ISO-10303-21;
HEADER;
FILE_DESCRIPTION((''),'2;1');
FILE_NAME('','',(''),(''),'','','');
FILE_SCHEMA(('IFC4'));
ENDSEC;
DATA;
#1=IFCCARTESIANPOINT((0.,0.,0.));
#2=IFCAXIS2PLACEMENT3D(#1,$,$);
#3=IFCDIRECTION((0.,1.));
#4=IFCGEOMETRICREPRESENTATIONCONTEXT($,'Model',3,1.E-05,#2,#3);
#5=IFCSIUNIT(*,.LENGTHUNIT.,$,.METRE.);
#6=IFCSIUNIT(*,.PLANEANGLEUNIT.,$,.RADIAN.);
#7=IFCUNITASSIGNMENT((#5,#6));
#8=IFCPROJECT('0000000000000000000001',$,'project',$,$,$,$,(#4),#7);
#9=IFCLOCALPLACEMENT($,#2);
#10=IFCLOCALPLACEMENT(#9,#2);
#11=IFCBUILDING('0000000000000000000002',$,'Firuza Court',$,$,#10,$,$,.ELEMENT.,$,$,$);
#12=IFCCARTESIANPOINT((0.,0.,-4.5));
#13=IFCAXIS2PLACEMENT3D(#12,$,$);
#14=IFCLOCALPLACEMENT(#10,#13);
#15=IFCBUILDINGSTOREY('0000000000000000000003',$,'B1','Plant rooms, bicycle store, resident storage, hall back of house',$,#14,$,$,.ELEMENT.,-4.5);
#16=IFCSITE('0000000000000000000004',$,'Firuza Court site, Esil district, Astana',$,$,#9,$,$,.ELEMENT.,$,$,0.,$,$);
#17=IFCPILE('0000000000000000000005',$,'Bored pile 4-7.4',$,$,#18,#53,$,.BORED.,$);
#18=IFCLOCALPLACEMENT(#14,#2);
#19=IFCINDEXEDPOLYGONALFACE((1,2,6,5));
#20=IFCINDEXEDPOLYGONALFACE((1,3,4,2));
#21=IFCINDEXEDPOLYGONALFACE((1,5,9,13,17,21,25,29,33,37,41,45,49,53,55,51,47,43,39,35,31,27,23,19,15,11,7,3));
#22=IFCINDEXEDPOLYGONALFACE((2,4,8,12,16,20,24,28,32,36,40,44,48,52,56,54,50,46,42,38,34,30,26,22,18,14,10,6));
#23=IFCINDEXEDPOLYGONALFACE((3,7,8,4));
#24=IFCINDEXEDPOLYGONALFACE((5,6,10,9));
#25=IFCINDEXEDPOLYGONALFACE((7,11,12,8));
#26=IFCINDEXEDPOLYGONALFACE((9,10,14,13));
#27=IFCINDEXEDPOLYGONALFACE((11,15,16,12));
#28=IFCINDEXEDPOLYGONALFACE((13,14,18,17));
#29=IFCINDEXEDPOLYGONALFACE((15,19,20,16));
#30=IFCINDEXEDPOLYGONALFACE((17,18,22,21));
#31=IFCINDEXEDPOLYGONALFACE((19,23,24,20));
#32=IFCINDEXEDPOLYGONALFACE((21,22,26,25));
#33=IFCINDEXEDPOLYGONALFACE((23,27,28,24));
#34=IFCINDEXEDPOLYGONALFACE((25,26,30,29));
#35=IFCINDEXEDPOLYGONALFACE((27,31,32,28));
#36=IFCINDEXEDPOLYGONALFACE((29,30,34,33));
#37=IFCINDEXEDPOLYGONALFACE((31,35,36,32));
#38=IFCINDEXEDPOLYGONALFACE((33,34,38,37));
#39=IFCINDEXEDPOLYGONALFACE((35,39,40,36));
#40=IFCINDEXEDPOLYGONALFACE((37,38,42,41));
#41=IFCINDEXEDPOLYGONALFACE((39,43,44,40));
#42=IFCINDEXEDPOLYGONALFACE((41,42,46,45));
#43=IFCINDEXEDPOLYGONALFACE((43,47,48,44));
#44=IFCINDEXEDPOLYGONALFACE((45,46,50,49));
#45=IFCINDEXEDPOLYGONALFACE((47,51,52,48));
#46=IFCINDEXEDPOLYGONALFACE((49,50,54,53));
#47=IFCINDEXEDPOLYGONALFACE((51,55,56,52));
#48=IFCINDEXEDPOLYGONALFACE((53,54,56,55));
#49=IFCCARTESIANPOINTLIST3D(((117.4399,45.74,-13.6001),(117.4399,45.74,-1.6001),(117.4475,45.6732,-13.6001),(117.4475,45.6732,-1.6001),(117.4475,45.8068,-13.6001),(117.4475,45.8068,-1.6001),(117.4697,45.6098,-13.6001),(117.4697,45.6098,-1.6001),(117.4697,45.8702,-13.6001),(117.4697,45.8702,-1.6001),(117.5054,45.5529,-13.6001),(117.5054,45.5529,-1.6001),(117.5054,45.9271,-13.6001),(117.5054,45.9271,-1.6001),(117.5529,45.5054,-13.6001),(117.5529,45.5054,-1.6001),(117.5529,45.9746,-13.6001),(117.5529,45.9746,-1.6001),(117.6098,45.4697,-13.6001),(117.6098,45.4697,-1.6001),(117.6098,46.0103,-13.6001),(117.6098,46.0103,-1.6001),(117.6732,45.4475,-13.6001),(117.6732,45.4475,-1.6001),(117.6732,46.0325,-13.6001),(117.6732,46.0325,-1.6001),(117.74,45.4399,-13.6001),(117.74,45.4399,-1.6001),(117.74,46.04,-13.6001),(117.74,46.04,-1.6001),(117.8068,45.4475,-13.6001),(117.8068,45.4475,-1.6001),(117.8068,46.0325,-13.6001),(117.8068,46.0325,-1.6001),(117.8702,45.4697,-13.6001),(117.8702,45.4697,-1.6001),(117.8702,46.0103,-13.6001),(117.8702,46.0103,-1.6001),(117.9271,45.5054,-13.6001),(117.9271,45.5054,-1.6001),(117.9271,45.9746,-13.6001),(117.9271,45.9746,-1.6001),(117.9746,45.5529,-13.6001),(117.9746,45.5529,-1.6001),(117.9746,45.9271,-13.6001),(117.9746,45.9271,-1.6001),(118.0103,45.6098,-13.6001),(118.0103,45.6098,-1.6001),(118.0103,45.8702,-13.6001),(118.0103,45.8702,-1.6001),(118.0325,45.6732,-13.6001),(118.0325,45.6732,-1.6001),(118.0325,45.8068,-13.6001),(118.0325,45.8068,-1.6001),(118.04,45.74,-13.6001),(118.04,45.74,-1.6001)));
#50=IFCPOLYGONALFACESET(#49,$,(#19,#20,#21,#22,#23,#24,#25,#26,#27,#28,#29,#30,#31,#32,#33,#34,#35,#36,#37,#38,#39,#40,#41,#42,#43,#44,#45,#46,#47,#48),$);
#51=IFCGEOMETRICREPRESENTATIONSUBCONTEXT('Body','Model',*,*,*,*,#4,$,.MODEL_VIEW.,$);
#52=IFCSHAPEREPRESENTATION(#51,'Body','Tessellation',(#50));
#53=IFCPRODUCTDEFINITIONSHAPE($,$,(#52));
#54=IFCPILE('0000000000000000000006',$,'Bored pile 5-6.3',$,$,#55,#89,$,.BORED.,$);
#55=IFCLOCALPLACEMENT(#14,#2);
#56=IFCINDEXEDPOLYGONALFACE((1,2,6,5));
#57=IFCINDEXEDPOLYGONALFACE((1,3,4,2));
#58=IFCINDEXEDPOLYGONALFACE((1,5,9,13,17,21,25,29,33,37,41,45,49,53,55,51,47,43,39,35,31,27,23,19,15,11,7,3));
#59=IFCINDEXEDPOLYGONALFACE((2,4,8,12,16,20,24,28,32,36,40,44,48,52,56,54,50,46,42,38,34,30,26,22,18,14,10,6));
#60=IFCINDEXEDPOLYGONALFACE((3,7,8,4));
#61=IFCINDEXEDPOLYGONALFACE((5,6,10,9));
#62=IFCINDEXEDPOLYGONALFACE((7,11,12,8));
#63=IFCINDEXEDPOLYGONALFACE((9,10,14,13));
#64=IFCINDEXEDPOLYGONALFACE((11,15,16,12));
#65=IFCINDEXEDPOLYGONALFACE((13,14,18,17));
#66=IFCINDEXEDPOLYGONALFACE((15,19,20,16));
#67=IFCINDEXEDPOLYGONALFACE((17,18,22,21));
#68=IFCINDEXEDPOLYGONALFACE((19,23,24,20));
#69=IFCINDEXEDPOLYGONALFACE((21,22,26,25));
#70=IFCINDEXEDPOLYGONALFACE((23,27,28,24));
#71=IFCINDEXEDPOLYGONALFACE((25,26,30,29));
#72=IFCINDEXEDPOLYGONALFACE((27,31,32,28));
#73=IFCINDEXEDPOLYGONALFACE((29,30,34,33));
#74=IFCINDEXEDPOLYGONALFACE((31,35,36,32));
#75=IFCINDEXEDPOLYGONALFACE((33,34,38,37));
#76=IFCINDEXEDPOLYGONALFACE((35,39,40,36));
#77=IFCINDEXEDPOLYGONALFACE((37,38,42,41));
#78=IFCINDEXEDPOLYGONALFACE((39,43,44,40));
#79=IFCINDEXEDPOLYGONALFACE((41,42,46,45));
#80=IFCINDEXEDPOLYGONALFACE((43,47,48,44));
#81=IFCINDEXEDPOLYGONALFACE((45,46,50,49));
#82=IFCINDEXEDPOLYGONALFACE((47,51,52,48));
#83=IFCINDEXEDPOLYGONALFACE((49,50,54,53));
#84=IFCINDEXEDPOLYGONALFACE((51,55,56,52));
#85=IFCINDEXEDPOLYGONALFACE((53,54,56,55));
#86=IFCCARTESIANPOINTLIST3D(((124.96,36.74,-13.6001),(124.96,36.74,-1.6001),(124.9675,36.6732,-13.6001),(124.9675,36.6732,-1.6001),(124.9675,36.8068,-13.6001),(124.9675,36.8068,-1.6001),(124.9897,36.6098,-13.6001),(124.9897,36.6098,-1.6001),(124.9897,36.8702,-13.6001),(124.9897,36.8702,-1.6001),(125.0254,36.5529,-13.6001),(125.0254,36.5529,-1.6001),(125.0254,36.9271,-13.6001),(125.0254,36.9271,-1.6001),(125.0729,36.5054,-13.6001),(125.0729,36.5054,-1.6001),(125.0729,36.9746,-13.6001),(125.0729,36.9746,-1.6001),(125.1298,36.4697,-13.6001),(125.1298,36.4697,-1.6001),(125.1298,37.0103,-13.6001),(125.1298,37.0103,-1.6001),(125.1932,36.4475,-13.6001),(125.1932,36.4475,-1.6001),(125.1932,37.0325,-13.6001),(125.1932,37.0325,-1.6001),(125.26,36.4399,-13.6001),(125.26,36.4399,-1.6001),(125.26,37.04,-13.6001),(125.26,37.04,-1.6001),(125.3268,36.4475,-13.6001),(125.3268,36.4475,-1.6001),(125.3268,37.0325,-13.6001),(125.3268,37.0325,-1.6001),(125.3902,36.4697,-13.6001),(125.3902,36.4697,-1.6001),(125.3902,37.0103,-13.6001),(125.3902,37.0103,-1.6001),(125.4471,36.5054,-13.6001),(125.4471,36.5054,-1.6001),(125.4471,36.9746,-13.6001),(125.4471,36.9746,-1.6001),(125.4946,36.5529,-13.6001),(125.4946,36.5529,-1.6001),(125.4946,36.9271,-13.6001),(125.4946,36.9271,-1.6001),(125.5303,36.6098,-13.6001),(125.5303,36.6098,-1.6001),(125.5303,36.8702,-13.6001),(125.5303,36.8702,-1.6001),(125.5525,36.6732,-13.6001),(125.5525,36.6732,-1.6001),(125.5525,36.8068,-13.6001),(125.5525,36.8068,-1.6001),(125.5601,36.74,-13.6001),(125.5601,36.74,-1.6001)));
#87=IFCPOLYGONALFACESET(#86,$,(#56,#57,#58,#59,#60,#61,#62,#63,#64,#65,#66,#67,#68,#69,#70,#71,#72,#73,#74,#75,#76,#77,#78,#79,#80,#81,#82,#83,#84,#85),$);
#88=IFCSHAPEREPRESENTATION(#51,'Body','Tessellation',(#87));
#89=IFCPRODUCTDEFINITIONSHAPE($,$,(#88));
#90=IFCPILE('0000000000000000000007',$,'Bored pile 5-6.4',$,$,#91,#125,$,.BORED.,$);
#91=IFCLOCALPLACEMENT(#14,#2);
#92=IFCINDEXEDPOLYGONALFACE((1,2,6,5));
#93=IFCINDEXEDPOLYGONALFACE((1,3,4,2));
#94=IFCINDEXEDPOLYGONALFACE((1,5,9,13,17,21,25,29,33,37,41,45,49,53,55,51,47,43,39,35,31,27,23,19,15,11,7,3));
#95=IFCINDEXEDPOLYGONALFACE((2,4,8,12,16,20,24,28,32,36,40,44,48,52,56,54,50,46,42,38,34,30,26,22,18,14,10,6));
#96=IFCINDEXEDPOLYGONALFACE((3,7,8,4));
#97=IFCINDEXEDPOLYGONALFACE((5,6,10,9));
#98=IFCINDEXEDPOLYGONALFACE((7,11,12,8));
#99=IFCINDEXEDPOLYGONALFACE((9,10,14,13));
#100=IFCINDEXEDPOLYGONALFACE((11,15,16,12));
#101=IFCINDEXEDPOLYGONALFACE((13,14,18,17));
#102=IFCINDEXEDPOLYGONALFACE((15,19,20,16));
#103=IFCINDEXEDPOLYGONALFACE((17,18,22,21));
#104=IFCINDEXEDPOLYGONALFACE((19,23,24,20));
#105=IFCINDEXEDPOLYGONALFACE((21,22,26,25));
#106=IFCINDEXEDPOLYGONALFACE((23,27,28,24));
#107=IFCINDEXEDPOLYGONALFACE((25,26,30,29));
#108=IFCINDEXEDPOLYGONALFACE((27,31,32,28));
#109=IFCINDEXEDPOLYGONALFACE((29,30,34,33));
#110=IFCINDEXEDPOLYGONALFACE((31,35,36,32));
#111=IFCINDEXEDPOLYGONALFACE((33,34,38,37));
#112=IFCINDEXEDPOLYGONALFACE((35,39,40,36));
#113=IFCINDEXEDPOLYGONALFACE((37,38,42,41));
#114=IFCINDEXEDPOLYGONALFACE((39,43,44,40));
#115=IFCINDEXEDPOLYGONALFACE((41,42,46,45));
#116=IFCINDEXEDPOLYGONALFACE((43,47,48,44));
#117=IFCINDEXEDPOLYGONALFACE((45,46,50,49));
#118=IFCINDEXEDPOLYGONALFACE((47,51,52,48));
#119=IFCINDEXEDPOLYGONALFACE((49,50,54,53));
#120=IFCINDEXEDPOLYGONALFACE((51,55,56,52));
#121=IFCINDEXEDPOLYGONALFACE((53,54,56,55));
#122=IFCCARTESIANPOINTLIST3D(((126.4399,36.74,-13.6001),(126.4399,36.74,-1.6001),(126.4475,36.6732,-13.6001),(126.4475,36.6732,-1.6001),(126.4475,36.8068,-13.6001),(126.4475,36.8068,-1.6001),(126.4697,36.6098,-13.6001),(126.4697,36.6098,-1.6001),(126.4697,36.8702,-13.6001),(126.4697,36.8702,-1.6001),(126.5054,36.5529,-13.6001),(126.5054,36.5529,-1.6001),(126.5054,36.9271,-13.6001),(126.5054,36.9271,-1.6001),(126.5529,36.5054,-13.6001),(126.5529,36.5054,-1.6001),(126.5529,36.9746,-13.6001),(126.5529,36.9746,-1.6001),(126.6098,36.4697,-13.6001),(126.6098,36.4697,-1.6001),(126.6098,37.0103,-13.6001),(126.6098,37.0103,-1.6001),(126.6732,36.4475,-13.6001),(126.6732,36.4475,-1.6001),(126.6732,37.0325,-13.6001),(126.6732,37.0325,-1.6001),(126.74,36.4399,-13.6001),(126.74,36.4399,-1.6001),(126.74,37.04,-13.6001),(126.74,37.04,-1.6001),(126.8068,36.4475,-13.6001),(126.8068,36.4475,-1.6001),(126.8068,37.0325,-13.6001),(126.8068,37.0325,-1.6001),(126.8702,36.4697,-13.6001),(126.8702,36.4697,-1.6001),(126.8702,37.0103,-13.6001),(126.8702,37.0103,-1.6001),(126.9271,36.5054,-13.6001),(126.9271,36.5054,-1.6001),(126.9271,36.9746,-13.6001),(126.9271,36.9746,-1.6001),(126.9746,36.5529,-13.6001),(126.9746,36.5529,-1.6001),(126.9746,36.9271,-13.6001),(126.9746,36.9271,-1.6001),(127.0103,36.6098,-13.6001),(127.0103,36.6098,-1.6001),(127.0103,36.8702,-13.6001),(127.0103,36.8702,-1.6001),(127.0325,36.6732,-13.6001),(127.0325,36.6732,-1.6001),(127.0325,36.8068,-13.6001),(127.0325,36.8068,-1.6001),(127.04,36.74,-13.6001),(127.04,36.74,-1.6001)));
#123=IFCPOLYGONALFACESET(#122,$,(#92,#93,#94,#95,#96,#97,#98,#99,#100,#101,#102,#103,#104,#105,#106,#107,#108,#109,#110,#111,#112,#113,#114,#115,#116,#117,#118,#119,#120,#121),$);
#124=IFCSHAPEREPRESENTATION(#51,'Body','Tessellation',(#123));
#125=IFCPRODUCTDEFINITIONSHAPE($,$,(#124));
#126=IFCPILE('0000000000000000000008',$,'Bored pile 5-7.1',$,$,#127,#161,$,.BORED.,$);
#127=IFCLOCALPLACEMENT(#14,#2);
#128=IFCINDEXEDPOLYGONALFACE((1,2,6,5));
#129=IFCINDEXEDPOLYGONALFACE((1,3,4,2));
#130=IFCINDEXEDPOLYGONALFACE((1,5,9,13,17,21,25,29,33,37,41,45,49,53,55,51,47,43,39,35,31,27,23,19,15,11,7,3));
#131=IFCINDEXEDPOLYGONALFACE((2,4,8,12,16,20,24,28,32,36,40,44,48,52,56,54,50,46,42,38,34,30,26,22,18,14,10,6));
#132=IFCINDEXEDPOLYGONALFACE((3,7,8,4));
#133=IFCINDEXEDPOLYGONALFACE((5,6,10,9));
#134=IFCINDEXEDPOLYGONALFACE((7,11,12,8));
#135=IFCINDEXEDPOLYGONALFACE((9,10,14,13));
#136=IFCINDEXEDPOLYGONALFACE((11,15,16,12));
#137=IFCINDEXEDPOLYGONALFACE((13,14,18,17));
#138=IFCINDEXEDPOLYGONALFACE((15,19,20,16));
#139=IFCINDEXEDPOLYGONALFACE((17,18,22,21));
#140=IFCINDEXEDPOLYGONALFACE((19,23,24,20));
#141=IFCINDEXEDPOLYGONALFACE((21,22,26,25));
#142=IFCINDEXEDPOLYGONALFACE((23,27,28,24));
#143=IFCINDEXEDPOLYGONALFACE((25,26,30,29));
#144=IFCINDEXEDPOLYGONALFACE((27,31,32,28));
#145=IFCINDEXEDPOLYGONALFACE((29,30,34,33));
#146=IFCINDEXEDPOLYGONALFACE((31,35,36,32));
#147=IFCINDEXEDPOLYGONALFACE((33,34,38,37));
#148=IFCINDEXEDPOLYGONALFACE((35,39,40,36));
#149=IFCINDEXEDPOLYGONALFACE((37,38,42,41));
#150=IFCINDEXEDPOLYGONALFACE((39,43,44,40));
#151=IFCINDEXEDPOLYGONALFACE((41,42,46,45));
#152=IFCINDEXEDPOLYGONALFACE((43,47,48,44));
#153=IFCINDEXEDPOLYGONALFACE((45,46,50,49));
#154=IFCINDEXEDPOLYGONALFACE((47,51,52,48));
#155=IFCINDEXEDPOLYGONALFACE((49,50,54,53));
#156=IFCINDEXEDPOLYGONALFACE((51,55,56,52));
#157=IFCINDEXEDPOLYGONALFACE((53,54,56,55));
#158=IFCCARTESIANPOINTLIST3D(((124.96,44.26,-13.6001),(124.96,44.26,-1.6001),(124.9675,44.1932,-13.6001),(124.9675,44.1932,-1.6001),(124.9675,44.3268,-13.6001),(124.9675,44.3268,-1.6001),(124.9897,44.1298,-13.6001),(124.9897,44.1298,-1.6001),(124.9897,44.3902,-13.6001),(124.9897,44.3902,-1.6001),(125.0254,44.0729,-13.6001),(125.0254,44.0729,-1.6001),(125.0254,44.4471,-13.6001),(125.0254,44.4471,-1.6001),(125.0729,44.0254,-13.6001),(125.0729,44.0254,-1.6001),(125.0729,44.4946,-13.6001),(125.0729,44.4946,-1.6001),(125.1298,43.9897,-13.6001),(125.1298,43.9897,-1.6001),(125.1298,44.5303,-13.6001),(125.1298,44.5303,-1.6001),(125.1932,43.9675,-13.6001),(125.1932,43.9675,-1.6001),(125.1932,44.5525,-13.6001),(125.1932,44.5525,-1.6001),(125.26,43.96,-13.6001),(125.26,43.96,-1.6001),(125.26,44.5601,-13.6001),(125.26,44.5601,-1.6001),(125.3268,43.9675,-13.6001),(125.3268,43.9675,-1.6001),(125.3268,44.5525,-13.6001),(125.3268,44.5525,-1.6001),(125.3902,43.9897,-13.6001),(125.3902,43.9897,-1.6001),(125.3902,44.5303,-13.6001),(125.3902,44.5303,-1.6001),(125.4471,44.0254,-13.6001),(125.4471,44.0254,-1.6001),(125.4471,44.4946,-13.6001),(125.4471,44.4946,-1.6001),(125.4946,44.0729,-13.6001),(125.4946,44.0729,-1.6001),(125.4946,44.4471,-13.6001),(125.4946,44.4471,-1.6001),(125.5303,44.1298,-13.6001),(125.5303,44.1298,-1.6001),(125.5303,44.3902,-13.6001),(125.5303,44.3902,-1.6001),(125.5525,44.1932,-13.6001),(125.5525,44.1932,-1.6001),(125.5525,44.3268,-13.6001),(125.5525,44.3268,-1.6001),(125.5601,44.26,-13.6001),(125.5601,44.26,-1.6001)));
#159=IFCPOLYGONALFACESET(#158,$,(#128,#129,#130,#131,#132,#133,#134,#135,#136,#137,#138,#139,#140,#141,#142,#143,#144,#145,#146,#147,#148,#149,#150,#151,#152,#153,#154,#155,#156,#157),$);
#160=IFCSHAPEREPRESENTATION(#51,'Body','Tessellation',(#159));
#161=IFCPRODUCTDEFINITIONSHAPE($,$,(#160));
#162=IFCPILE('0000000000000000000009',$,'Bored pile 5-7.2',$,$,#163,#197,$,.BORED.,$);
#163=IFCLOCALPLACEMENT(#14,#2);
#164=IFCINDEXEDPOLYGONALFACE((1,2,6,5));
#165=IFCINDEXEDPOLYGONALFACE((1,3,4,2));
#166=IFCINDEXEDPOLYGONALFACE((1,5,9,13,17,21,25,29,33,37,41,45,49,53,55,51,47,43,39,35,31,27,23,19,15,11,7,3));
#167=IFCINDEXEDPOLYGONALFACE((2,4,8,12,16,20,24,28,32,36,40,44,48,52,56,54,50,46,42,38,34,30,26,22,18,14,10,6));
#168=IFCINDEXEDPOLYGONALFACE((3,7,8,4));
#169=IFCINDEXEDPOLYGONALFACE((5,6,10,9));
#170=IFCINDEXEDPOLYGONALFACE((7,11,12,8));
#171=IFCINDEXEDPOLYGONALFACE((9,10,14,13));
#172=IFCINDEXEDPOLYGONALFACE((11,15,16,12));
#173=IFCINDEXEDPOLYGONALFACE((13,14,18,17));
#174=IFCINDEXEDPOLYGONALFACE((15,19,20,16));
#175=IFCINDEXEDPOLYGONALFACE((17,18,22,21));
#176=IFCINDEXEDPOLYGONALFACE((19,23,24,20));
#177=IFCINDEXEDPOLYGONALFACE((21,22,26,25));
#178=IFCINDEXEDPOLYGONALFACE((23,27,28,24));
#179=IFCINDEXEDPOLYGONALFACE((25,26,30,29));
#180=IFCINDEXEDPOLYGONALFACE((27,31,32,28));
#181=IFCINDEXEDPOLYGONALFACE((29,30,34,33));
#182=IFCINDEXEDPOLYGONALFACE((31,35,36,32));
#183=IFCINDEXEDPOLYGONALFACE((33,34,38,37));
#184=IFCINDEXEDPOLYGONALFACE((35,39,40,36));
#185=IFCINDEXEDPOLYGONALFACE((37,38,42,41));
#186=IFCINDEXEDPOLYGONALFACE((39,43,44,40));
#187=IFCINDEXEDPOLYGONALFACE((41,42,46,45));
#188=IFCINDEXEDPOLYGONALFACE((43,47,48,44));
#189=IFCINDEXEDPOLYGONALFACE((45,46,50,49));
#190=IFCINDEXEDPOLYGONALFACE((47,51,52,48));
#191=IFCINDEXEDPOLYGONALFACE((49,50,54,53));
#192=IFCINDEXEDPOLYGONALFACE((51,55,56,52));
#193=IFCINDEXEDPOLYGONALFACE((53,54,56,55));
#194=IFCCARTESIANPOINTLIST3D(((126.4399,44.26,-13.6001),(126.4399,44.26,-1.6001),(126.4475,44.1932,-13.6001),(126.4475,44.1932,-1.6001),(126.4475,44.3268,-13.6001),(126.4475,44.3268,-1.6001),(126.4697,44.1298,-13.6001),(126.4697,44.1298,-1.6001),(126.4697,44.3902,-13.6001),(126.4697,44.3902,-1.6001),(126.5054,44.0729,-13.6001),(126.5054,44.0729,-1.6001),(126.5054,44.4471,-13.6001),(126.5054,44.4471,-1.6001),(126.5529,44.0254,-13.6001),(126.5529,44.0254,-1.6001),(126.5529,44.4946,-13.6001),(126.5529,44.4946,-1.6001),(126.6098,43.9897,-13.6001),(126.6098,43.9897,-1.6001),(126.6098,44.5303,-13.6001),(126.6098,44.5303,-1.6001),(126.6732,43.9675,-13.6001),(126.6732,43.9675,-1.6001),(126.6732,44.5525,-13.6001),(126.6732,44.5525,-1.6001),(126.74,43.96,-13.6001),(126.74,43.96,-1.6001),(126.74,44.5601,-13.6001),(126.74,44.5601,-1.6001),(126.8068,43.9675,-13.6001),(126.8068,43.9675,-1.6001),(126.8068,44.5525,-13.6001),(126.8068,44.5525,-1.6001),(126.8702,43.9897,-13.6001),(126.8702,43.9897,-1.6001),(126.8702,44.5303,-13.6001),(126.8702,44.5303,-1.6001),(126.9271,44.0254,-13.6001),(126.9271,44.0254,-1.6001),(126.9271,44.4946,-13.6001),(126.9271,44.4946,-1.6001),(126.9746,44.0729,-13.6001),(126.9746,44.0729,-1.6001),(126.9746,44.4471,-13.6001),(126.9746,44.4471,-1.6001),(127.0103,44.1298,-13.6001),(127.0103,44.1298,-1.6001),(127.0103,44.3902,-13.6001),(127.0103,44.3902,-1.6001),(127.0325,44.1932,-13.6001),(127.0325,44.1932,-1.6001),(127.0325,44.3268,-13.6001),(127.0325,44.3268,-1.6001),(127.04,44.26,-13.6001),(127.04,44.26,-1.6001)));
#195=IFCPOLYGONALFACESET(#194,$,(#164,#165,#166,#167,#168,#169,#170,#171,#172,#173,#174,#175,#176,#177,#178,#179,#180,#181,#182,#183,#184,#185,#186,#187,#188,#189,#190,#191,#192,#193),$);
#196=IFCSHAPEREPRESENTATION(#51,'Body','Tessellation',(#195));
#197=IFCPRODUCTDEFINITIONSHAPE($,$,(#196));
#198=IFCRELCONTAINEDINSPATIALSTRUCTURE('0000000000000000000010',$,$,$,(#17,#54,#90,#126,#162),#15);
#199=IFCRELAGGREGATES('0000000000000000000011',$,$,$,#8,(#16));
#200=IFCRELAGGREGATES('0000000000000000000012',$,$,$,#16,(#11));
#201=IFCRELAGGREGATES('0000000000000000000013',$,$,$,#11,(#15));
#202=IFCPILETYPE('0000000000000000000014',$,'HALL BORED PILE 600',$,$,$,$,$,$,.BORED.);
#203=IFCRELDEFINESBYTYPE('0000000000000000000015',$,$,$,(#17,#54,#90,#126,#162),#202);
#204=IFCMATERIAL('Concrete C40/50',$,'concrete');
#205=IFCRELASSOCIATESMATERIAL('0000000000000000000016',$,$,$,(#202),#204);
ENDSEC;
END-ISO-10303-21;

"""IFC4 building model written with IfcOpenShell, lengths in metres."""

from ifc_helpers import new_model, si_unit, direction, frame, origin, origin_2d, place, context, subcontext, project, spatial, circle, extrude, material, material_profile, profile_set, type_object, element, save


model = new_model("IFC4")

# Units and contexts
model_context = context("Model", 3, precision=1e-05, world=origin(), true_north=direction((0.0, 1.0)))
body_context = subcontext(model_context, "Body", "Model", "MODEL_VIEW")
ifc_project = project(units=[si_unit("LENGTHUNIT", "METRE"), si_unit("PLANEANGLEUNIT", "RADIAN")], contexts=[model_context])

# Site, building, storey
site_placement = place(None, origin())
site = spatial("IfcSite", under=ifc_project, at=site_placement, Name="Firuza Court site, Esil district, Astana", CompositionType="ELEMENT", RefElevation=0.0)
building_placement = place(site_placement, origin())
building = spatial("IfcBuilding", under=site, at=building_placement, Name="Firuza Court", CompositionType="ELEMENT")
storey_placement = place(building_placement, frame((0.0, 0.0, -4.5)))
storey = spatial("IfcBuildingStorey", under=building, at=storey_placement, Name="B1", Description="Plant rooms, bicycle store, resident storage, hall back of house", CompositionType="ELEMENT", Elevation=-4.5)

# Piles
ifc_material_1 = material(Name="Concrete C40/50", Category="concrete")
ifc_material_profile_1 = material_profile(ifc_material_1, circle(Radius=0.3, at=origin_2d()), Name="PILE 600")
ifc_profile_set_1 = profile_set([ifc_material_profile_1], Name="Concrete C40/50")
pile_type = type_object("IfcPileType", Name="HALL BORED PILE 600", PredefinedType="BORED", material=ifc_profile_set_1)
for number, where, z_axis, x_axis, name in (
    (1, (117.74, 45.74, -1.6001), (0.0, 0.0, -1.0), (1.0, 0.0, 0.0), "Bored pile 4-7.4"),
    (2, (125.26, 36.74, -1.6001), (0.0, 0.0, -1.0), (1.0, 0.0, 0.0), "Bored pile 5-6.3"),
    (3, (126.74, 36.74, -1.6001), (0.0, 0.0, -1.0), (1.0, 0.0, 0.0), "Bored pile 5-6.4"),
    (4, (125.26, 44.26, -1.6001), (0.0, 0.0, -1.0), (1.0, 0.0, 0.0), "Bored pile 5-7.1"),
    (5, (126.74, 44.26, -1.6001), (0.0, 0.0, -1.0), (1.0, 0.0, 0.0), "Bored pile 5-7.2"),
):
    element("IfcPile", number, at=place(storey_placement, frame(where, z_axis=z_axis, x_axis=x_axis)), inside=storey, type_object=pile_type, Name=name, PredefinedType="BORED", context=body_context, shape_type="SweptSolid", body=[
        extrude(circle(Radius=0.3, at=origin_2d()), origin(), (0.0, 0.0, 1.0), 12.0),
    ])

save(model, "model.ifc")
